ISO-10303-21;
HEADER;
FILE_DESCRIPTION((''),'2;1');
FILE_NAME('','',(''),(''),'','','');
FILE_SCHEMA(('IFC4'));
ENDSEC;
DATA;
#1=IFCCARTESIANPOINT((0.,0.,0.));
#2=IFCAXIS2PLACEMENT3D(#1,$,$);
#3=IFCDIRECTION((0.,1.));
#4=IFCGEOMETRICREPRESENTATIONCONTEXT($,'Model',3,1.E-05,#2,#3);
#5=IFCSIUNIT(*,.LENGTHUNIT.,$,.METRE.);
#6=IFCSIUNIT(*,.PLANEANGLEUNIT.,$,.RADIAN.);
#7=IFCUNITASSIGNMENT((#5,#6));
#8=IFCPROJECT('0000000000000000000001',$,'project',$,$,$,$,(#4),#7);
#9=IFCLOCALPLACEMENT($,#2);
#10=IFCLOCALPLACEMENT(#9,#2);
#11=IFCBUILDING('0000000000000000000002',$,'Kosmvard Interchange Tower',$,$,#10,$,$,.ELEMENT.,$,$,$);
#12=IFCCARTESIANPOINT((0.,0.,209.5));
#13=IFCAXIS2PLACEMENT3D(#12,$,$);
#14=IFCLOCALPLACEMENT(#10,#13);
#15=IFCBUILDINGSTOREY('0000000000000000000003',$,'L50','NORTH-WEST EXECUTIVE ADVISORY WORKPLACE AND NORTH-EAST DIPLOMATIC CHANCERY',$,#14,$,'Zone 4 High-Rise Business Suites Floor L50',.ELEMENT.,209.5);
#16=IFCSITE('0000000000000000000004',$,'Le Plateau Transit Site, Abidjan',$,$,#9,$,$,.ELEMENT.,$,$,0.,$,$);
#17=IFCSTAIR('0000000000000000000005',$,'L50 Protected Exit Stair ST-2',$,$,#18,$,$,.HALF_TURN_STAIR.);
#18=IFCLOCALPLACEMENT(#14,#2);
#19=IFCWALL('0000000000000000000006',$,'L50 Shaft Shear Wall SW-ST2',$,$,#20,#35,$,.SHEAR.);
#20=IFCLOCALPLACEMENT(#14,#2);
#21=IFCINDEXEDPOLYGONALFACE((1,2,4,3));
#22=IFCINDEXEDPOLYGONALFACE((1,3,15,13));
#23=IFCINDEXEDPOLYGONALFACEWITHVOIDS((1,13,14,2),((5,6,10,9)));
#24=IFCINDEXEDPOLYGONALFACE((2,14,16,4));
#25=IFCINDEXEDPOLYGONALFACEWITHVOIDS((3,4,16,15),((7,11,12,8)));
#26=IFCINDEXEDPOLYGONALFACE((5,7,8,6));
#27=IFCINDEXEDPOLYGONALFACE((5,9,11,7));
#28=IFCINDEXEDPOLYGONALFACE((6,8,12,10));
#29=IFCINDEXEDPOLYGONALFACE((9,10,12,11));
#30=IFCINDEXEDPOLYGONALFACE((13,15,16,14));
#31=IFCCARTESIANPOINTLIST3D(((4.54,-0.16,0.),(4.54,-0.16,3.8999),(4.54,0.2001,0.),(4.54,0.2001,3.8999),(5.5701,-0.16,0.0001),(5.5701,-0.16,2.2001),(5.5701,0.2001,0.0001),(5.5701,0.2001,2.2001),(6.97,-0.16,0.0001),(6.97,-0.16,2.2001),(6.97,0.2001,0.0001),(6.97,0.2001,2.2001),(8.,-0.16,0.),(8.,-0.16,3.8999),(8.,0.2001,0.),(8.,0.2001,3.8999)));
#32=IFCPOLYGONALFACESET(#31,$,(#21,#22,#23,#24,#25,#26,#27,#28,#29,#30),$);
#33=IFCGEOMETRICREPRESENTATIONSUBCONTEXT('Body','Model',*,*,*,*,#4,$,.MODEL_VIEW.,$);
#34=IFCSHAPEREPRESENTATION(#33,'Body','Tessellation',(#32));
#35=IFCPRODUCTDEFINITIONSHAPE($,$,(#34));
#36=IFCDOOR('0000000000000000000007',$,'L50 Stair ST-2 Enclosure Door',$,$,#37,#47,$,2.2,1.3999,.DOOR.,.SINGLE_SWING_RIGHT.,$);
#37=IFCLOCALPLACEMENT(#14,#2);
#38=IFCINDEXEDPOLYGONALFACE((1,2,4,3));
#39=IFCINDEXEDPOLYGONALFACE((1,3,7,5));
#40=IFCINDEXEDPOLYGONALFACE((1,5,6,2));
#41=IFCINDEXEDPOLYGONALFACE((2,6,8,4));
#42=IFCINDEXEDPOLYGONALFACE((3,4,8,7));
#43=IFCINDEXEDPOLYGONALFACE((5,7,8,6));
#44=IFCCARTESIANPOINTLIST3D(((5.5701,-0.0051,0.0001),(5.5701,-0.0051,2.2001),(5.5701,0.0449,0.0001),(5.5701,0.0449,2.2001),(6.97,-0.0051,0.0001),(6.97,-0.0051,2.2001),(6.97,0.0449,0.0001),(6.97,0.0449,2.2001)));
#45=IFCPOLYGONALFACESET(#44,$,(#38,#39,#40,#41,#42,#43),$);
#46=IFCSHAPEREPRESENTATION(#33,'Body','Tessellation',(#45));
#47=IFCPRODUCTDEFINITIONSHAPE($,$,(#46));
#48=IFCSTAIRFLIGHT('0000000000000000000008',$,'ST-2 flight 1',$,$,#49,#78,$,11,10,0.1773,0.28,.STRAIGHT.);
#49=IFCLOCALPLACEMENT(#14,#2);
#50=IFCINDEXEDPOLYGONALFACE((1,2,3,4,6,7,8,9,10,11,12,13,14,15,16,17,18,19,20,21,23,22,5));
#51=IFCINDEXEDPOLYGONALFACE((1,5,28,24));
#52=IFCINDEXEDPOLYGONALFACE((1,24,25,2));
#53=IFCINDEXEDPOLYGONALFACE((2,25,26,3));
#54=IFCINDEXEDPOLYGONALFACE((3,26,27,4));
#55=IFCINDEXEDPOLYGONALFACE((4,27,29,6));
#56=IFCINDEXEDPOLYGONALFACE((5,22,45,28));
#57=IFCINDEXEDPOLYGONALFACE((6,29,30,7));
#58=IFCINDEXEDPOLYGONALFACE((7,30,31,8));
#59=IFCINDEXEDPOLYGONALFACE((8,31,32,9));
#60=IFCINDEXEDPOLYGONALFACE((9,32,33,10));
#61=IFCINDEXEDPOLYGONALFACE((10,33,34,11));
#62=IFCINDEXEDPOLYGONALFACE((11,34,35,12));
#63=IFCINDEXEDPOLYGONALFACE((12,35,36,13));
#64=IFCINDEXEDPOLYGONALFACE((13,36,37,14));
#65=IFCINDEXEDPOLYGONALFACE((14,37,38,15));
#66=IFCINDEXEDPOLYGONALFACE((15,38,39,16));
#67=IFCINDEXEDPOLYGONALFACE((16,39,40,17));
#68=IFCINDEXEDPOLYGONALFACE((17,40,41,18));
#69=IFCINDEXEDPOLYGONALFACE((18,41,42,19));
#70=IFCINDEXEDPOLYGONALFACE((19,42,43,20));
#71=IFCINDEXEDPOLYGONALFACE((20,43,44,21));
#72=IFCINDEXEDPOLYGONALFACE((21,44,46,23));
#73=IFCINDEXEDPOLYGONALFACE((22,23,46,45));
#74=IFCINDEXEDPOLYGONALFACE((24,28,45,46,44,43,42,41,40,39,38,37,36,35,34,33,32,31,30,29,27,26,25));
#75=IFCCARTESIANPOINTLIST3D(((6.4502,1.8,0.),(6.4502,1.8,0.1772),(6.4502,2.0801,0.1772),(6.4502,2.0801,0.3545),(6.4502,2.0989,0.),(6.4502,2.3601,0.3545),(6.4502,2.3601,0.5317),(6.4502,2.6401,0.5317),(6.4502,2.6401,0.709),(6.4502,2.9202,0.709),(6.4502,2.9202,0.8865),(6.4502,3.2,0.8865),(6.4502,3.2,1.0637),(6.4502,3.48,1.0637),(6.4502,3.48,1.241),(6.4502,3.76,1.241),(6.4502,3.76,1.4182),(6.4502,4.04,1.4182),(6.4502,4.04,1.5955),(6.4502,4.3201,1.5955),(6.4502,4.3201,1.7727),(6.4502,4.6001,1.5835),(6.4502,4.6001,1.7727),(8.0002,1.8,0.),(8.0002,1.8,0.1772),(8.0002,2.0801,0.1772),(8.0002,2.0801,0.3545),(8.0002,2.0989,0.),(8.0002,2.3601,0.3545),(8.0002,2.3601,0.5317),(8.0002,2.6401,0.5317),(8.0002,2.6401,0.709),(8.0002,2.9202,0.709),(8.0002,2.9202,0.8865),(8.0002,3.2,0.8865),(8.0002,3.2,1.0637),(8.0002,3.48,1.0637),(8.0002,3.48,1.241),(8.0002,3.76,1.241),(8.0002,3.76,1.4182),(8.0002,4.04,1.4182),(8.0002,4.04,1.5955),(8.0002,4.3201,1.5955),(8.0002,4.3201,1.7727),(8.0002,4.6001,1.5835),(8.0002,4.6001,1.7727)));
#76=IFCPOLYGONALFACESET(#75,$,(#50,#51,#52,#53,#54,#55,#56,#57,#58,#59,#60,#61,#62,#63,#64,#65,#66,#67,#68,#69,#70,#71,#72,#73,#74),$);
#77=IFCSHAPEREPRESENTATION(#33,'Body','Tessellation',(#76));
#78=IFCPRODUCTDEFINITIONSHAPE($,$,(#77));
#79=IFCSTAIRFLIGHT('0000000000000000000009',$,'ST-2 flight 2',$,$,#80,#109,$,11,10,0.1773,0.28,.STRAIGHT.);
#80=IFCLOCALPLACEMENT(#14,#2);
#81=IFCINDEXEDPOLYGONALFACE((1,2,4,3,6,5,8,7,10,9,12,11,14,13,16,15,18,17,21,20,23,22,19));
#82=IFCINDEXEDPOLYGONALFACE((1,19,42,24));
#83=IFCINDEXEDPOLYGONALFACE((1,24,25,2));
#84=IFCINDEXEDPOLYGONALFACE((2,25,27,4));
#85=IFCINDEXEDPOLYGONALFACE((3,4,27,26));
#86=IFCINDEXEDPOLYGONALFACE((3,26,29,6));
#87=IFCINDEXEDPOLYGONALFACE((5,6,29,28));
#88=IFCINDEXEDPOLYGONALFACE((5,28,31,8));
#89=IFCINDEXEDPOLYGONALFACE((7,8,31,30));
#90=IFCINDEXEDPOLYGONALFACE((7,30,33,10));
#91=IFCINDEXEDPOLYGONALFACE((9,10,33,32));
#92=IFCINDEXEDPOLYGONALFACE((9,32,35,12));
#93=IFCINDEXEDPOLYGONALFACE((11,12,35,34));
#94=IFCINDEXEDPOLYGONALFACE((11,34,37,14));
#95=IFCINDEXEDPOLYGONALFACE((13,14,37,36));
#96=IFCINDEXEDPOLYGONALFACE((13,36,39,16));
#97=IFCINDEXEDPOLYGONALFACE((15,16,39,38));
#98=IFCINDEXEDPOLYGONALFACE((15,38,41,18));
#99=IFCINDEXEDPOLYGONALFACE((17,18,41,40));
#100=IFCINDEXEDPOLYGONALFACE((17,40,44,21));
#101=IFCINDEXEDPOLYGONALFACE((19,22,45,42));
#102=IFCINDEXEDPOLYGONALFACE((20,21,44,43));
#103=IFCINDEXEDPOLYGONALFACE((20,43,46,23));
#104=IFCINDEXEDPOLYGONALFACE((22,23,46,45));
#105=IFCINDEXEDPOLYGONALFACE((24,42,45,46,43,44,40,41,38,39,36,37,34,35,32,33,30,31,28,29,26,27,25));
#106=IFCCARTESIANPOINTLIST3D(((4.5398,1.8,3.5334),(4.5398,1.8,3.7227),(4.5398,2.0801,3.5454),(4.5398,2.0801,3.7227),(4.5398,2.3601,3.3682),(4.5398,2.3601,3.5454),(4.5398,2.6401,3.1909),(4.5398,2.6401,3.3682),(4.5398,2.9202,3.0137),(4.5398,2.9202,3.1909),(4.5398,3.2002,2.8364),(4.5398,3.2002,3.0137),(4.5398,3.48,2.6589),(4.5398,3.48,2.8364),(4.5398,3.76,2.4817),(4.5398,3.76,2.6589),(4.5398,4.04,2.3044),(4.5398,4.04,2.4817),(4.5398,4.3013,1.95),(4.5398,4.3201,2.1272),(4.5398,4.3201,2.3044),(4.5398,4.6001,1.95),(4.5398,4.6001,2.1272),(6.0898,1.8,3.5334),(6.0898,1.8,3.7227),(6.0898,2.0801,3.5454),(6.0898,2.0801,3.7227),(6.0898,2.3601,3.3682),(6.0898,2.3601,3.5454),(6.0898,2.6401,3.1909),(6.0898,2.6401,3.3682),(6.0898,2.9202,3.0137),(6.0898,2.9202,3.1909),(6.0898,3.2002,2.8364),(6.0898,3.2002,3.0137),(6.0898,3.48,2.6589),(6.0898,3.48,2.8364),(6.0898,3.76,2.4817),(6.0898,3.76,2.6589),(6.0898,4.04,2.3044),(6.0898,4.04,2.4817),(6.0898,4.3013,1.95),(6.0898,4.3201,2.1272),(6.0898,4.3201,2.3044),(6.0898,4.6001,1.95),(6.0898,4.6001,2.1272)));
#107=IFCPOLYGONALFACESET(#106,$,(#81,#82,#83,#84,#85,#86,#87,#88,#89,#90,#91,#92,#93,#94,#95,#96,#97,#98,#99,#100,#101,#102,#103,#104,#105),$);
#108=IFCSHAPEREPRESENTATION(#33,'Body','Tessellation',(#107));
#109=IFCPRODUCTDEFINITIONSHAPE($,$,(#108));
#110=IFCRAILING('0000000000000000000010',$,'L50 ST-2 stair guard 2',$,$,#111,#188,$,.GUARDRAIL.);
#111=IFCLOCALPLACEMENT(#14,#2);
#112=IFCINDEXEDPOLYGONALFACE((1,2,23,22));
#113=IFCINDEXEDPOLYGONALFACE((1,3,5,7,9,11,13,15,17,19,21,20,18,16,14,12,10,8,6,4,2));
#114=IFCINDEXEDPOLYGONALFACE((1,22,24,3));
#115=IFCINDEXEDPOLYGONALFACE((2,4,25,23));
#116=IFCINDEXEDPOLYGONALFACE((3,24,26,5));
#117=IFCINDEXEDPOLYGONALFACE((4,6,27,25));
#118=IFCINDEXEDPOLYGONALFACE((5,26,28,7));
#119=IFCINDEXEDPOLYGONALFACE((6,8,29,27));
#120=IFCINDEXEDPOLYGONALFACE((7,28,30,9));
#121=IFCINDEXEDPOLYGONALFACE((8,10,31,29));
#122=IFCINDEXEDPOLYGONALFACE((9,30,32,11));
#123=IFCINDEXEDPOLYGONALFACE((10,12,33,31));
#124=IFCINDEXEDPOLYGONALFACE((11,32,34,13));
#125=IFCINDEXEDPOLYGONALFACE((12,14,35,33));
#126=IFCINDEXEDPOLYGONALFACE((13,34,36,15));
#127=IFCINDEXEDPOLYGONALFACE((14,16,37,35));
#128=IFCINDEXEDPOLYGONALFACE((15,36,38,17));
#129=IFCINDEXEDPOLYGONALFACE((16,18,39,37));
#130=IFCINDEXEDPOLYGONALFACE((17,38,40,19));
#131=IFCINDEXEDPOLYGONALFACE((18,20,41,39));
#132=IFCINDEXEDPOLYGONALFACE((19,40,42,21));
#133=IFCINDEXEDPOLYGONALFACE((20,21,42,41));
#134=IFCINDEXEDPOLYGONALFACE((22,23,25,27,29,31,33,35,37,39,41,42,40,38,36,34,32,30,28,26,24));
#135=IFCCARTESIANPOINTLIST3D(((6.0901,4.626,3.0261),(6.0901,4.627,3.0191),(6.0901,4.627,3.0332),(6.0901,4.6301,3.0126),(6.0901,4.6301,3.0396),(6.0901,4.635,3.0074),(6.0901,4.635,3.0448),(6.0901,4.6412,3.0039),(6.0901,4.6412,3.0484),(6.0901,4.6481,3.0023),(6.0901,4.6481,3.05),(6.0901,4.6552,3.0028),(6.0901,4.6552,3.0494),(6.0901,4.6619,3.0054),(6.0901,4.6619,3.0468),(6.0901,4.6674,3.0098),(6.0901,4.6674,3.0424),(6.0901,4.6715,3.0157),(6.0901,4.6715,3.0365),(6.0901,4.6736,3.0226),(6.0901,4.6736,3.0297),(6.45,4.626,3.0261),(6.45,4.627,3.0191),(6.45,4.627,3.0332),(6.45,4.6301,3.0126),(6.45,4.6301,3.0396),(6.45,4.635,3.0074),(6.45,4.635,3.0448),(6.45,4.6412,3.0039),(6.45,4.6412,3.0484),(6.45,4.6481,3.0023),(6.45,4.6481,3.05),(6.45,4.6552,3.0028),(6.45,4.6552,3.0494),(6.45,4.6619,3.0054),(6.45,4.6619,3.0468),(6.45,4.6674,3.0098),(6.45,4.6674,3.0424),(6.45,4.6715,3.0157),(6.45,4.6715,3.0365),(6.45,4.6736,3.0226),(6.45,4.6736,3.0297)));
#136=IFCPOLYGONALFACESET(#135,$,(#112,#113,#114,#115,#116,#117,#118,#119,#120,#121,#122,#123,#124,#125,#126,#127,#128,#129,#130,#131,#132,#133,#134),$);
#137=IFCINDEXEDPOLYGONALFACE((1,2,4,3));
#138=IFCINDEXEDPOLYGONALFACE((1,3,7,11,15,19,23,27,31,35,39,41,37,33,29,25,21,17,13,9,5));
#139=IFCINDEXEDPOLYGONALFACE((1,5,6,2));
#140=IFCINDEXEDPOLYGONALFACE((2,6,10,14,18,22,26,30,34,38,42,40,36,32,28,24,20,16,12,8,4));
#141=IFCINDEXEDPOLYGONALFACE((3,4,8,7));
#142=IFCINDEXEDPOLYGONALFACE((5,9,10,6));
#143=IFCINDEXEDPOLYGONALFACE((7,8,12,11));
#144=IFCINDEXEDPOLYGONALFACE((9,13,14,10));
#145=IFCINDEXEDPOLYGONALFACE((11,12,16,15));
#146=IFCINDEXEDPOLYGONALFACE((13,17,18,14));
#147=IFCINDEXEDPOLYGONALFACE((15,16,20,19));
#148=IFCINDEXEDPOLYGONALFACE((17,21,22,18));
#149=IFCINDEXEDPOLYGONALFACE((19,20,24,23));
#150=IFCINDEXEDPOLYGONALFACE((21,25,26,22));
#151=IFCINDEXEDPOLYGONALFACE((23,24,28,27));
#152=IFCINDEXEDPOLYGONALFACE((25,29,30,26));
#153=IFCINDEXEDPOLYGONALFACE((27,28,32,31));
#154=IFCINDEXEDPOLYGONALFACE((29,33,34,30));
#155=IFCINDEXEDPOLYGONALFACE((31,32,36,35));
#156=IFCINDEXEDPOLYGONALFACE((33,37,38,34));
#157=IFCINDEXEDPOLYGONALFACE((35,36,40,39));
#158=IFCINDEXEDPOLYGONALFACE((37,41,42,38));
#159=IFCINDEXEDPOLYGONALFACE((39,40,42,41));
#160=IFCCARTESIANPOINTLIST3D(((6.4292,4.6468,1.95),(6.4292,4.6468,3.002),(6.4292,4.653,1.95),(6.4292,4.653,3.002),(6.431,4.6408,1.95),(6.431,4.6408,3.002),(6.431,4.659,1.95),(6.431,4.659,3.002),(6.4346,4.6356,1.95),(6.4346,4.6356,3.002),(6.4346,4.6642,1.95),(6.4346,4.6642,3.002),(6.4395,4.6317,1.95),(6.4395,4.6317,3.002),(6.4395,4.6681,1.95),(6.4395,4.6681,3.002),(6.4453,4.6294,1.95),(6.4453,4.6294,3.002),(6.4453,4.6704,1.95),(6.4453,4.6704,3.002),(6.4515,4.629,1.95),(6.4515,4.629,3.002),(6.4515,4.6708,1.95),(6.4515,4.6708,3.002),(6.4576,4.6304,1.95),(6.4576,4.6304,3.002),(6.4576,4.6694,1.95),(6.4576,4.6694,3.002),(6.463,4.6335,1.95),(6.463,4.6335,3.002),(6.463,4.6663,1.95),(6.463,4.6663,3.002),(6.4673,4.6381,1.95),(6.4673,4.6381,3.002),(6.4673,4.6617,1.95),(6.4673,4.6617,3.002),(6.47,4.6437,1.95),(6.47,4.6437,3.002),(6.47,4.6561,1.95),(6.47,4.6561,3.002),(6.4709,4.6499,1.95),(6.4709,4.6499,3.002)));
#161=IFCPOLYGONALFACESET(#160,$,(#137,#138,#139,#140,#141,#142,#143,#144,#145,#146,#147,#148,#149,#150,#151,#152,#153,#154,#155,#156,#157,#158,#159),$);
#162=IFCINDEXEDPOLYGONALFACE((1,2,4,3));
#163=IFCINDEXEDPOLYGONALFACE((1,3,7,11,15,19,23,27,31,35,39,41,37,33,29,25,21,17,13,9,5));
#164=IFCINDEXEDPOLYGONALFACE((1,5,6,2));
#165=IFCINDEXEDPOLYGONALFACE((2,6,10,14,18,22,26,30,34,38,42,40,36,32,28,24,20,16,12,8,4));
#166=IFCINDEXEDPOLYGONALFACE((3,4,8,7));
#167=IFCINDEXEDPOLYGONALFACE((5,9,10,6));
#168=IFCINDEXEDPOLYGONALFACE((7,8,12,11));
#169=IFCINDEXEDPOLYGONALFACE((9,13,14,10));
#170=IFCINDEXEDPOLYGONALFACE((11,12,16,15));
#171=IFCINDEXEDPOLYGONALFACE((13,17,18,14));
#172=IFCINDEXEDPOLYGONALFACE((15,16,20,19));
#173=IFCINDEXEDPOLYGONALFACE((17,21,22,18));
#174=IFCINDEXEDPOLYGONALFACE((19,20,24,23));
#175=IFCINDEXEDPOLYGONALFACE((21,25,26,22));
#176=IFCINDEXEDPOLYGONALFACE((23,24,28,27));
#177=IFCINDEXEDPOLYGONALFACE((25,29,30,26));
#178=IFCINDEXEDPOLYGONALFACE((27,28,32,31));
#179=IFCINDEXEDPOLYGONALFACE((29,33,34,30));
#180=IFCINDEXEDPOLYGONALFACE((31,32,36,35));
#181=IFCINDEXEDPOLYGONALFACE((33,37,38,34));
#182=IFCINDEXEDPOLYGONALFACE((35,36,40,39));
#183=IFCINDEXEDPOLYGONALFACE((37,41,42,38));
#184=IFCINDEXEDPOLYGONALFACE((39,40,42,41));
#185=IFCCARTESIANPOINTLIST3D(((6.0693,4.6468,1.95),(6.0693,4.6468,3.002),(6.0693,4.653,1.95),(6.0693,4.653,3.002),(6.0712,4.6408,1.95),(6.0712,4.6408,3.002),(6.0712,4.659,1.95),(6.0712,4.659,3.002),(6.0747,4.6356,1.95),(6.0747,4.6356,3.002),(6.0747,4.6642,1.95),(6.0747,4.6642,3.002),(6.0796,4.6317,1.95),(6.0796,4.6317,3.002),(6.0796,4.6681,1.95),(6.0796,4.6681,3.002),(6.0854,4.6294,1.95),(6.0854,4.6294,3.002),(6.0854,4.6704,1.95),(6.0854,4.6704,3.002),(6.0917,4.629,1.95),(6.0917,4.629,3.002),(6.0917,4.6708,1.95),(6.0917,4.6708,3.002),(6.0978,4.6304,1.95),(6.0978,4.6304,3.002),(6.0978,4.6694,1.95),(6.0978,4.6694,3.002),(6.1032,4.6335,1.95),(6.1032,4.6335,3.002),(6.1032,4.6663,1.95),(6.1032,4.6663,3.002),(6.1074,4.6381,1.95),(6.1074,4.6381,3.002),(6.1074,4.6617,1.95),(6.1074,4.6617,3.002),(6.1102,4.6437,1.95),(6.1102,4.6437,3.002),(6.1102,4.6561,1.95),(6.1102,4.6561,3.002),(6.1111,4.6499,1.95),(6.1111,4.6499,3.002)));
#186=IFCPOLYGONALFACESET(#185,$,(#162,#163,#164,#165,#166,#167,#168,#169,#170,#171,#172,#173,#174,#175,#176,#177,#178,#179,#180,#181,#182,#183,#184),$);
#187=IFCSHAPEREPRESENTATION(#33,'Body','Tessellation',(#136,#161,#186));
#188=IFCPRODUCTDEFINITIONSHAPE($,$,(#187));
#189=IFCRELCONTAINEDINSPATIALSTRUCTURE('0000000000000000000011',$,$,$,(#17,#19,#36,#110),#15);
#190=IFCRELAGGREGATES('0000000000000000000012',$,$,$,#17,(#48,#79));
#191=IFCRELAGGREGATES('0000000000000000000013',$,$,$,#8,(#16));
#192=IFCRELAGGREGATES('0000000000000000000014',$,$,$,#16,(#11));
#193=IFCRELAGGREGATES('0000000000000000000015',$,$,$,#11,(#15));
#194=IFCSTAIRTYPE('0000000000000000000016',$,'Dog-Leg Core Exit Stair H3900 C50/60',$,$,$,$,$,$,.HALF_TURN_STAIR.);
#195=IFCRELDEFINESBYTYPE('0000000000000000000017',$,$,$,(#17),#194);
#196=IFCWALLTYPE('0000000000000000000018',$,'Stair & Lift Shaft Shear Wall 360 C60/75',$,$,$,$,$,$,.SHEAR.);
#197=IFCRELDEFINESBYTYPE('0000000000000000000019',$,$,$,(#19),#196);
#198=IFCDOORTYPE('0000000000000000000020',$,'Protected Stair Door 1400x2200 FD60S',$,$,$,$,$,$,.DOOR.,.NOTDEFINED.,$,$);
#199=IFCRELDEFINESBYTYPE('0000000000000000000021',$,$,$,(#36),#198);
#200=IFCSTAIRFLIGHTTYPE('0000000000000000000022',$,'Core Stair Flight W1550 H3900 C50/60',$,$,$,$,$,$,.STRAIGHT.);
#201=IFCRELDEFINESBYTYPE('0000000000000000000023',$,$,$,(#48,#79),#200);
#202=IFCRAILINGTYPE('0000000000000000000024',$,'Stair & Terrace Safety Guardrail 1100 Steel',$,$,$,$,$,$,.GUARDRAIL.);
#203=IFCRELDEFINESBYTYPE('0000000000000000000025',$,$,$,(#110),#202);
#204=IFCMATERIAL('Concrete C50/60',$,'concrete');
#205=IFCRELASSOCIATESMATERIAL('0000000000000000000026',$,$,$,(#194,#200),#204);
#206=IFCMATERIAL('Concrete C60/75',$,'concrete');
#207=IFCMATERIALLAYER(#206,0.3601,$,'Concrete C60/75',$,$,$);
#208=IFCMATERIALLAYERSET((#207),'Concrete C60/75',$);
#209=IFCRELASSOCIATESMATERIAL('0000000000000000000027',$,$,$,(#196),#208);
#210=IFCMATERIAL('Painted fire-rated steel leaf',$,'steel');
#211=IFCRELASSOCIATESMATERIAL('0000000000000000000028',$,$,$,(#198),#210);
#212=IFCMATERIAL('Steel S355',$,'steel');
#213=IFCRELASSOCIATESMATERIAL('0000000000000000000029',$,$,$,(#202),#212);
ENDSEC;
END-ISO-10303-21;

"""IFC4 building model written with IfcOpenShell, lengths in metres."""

from ifc_helpers import new_model, si_unit, direction, frame, frame_2d, origin, origin_2d, place, context, subcontext, project, spatial, polyline, rectangle, circle, outline, extrude, source, transform, mapped, material, layer, layer_set, type_object, element, fill, aggregate, save


model = new_model("IFC4")

# Units and contexts
model_context = context("Model", 3, precision=1e-05, world=origin(), true_north=direction((0.0, 1.0)))
body_context = subcontext(model_context, "Body", "Model", "MODEL_VIEW")
ifc_project = project(units=[si_unit("LENGTHUNIT", "METRE"), si_unit("PLANEANGLEUNIT", "RADIAN")], contexts=[model_context])

# Site, building, storey
site_placement = place(None, origin())
site = spatial("IfcSite", under=ifc_project, at=site_placement, Name="Le Plateau Transit Site, Abidjan", CompositionType="ELEMENT", RefElevation=0.0)
building_placement = place(site_placement, origin())
building = spatial("IfcBuilding", under=site, at=building_placement, Name="Kosmvard Interchange Tower", CompositionType="ELEMENT")
storey_placement = place(building_placement, frame((0.0, 0.0, 209.5)))
storey = spatial("IfcBuildingStorey", under=building, at=storey_placement, Name="L50", Description="NORTH-WEST EXECUTIVE ADVISORY WORKPLACE AND NORTH-EAST DIPLOMATIC CHANCERY", LongName="Zone 4 High-Rise Business Suites Floor L50", CompositionType="ELEMENT", Elevation=209.5)

# Shared definitions
ifc_material_1 = material(Name="Concrete C50/60", Category="concrete")

# Stair
stair_type = type_object("IfcStairType", Name="Dog-Leg Core Exit Stair H3900 C50/60", PredefinedType="HALF_TURN_STAIR", material=ifc_material_1)
stair_1_placement = place(storey_placement, origin())
stair_1 = element("IfcStair", 1, at=stair_1_placement, inside=storey, type_object=stair_type, Name="L50 Protected Exit Stair ST-2", PredefinedType="HALF_TURN_STAIR")

# Wall, opening, door
ifc_material_2 = material(Name="Concrete C60/75", Category="concrete")
ifc_layer_1 = layer(ifc_material_2, 0.3601, Name="Concrete C60/75")
ifc_layer_set_1 = layer_set([ifc_layer_1], Name="Concrete C60/75")
wall_type_1 = type_object("IfcWallType", Name="Stair & Lift Shaft Shear Wall 360 C60/75", PredefinedType="SHEAR", material=ifc_layer_set_1)
wall_1_placement = place(storey_placement, frame((4.54, 0.02, 0.0), z_axis=(0.0, 0.0, 1.0), x_axis=(1.0, 0.0, 0.0)))
wall_1 = element("IfcWall", 2, at=wall_1_placement, inside=storey, type_object=wall_type_1, Name="L50 Shaft Shear Wall SW-ST2", PredefinedType="SHEAR", context=body_context, shape_type="SweptSolid", body=[
    extrude(rectangle(XDim=3.46, YDim=0.3601, at=frame_2d((1.73, 0.0))), origin(), (0.0, 0.0, 1.0), 3.8999),
])
opening_1_placement = place(wall_1_placement, frame((1.03, 0.0, 0.0)))
opening_1 = element("IfcOpeningElement", 3, at=opening_1_placement, cuts=wall_1, PredefinedType="OPENING", context=body_context, shape_type="SweptSolid", body=[
    extrude(rectangle(XDim=1.3999, YDim=2.2, at=frame_2d((0.7, 1.1001))), frame((0.0, 0.1899, 0.0), z_axis=(0.0, -1.0, 0.0), x_axis=(1.0, 0.0, 0.0)), (0.0, 0.0, 1.0), 0.3801),
])
ifc_material_3 = material(Name="Painted fire-rated steel leaf", Category="steel")
door_type_1 = type_object("IfcDoorType", Name="Protected Stair Door 1400x2200 FD60S", OperationType="NOTDEFINED", PredefinedType="DOOR", material=ifc_material_3)
shared_shape_1 = source(origin(), body_context, "Body", "SweptSolid", [
    extrude(rectangle(XDim=1.3999, YDim=2.2, at=frame_2d((0.7, 1.1001))), frame((0.0, 0.0249, 0.0), z_axis=(0.0, -1.0, 0.0), x_axis=(1.0, 0.0, 0.0)), (0.0, 0.0, 1.0), 0.05),
])
door_1_placement = place(opening_1_placement, origin())
door_1 = element("IfcDoor", 4, at=door_1_placement, inside=storey, type_object=door_type_1, Name="L50 Stair ST-2 Enclosure Door", OperationType="SINGLE_SWING_RIGHT", OverallHeight=2.2, OverallWidth=1.3999, PredefinedType="DOOR", context=body_context, shape_type="MappedRepresentation", body=[
    mapped(shared_shape_1, transform((0.0, 0.0, 0.0), scale=1.0)),
])
fill(opening_1, door_1)

# Stair flights
stair_flight_type = type_object("IfcStairFlightType", Name="Core Stair Flight W1550 H3900 C50/60", PredefinedType="STRAIGHT", material=ifc_material_1)
shared_shape_2 = source(origin(), body_context, "Body", "SweptSolid", [
    extrude(outline(polyline([(0.0, 0.0), (0.0, 0.1772), (0.28, 0.1772), (0.28, 0.3545), (0.5601, 0.3545), (0.5601, 0.5317), (0.8401, 0.5317), (0.8401, 0.709), (1.1201, 0.709), (1.1201, 0.8865), (1.3999, 0.8865), (1.3999, 1.0637), (1.6799, 1.0637), (1.6799, 1.241), (1.96, 1.241), (1.96, 1.4182), (2.24, 1.4182), (2.24, 1.5955), (2.52, 1.5955), (2.52, 1.7727), (2.8, 1.7727), (2.8, 1.95), (2.8, 1.5835), (0.2988, 0.0), (0.0, 0.0)])), frame((0.0, 0.7749, 0.0), z_axis=(0.0, -1.0, 0.0), x_axis=(1.0, 0.0, 0.0)), (0.0, 0.0, 1.0), 1.55),
])
stair_flight_1_placement = place(storey_placement, frame((7.2251, 1.8, 0.0), z_axis=(0.0, 0.0, 1.0), x_axis=(0.0, 1.0, 0.0)))
stair_flight_1 = element("IfcStairFlight", 5, at=stair_flight_1_placement, type_object=stair_flight_type, Name="ST-2 flight 1", NumberOfRisers=11, NumberOfTreads=10, PredefinedType="STRAIGHT", RiserHeight=0.1773, TreadLength=0.28, context=body_context, shape_type="MappedRepresentation", body=[
    mapped(shared_shape_2, transform((0.0, 0.0, 0.0), scale=1.0)),
])
stair_flight_2_placement = place(storey_placement, frame((5.3149, 4.6001, 1.95), z_axis=(0.0, 0.0, 1.0), x_axis=(0.0, -1.0, 0.0)))
stair_flight_2 = element("IfcStairFlight", 6, at=stair_flight_2_placement, type_object=stair_flight_type, Name="ST-2 flight 2", NumberOfRisers=11, NumberOfTreads=10, PredefinedType="STRAIGHT", RiserHeight=0.1773, TreadLength=0.28, context=body_context, shape_type="MappedRepresentation", body=[
    mapped(shared_shape_2, transform((0.0, 0.0, 0.0), scale=1.0)),
])
aggregate(stair_1, [stair_flight_1, stair_flight_2])

# Railing
ifc_material_4 = material(Name="Steel S355", Category="steel")
railing_type_1 = type_object("IfcRailingType", Name="Stair & Terrace Safety Guardrail 1100 Steel", PredefinedType="GUARDRAIL", material=ifc_material_4)
shared_shape_3 = source(origin(), body_context, "Body", "SweptSolid", [
    extrude(circle(Radius=0.0239, at=origin_2d()), frame((0.0, 0.0, 1.0762), z_axis=(-1.0, 0.0, 0.0), x_axis=(0.0, -1.0, 0.0)), (0.0, 0.0, 1.0), 0.3599),
    extrude(circle(Radius=0.021, at=origin_2d()), origin(), (0.0, 0.0, 1.0), 1.052),
    extrude(circle(Radius=0.021, at=origin_2d()), frame((-0.3599, 0.0, 0.0)), (0.0, 0.0, 1.0), 1.052),
])
for number, where, name in (
    (7, (6.45, 4.6499, 1.95), "L50 ST-2 stair guard 2"),
):
    element("IfcRailing", number, at=place(storey_placement, frame(where)), inside=storey, type_object=railing_type_1, Name=name, PredefinedType="GUARDRAIL", context=body_context, shape_type="MappedRepresentation", body=[
        mapped(shared_shape_3, transform((0.0, 0.0, 0.0), scale=1.0)),
    ])

save(model, "model.ifc")
